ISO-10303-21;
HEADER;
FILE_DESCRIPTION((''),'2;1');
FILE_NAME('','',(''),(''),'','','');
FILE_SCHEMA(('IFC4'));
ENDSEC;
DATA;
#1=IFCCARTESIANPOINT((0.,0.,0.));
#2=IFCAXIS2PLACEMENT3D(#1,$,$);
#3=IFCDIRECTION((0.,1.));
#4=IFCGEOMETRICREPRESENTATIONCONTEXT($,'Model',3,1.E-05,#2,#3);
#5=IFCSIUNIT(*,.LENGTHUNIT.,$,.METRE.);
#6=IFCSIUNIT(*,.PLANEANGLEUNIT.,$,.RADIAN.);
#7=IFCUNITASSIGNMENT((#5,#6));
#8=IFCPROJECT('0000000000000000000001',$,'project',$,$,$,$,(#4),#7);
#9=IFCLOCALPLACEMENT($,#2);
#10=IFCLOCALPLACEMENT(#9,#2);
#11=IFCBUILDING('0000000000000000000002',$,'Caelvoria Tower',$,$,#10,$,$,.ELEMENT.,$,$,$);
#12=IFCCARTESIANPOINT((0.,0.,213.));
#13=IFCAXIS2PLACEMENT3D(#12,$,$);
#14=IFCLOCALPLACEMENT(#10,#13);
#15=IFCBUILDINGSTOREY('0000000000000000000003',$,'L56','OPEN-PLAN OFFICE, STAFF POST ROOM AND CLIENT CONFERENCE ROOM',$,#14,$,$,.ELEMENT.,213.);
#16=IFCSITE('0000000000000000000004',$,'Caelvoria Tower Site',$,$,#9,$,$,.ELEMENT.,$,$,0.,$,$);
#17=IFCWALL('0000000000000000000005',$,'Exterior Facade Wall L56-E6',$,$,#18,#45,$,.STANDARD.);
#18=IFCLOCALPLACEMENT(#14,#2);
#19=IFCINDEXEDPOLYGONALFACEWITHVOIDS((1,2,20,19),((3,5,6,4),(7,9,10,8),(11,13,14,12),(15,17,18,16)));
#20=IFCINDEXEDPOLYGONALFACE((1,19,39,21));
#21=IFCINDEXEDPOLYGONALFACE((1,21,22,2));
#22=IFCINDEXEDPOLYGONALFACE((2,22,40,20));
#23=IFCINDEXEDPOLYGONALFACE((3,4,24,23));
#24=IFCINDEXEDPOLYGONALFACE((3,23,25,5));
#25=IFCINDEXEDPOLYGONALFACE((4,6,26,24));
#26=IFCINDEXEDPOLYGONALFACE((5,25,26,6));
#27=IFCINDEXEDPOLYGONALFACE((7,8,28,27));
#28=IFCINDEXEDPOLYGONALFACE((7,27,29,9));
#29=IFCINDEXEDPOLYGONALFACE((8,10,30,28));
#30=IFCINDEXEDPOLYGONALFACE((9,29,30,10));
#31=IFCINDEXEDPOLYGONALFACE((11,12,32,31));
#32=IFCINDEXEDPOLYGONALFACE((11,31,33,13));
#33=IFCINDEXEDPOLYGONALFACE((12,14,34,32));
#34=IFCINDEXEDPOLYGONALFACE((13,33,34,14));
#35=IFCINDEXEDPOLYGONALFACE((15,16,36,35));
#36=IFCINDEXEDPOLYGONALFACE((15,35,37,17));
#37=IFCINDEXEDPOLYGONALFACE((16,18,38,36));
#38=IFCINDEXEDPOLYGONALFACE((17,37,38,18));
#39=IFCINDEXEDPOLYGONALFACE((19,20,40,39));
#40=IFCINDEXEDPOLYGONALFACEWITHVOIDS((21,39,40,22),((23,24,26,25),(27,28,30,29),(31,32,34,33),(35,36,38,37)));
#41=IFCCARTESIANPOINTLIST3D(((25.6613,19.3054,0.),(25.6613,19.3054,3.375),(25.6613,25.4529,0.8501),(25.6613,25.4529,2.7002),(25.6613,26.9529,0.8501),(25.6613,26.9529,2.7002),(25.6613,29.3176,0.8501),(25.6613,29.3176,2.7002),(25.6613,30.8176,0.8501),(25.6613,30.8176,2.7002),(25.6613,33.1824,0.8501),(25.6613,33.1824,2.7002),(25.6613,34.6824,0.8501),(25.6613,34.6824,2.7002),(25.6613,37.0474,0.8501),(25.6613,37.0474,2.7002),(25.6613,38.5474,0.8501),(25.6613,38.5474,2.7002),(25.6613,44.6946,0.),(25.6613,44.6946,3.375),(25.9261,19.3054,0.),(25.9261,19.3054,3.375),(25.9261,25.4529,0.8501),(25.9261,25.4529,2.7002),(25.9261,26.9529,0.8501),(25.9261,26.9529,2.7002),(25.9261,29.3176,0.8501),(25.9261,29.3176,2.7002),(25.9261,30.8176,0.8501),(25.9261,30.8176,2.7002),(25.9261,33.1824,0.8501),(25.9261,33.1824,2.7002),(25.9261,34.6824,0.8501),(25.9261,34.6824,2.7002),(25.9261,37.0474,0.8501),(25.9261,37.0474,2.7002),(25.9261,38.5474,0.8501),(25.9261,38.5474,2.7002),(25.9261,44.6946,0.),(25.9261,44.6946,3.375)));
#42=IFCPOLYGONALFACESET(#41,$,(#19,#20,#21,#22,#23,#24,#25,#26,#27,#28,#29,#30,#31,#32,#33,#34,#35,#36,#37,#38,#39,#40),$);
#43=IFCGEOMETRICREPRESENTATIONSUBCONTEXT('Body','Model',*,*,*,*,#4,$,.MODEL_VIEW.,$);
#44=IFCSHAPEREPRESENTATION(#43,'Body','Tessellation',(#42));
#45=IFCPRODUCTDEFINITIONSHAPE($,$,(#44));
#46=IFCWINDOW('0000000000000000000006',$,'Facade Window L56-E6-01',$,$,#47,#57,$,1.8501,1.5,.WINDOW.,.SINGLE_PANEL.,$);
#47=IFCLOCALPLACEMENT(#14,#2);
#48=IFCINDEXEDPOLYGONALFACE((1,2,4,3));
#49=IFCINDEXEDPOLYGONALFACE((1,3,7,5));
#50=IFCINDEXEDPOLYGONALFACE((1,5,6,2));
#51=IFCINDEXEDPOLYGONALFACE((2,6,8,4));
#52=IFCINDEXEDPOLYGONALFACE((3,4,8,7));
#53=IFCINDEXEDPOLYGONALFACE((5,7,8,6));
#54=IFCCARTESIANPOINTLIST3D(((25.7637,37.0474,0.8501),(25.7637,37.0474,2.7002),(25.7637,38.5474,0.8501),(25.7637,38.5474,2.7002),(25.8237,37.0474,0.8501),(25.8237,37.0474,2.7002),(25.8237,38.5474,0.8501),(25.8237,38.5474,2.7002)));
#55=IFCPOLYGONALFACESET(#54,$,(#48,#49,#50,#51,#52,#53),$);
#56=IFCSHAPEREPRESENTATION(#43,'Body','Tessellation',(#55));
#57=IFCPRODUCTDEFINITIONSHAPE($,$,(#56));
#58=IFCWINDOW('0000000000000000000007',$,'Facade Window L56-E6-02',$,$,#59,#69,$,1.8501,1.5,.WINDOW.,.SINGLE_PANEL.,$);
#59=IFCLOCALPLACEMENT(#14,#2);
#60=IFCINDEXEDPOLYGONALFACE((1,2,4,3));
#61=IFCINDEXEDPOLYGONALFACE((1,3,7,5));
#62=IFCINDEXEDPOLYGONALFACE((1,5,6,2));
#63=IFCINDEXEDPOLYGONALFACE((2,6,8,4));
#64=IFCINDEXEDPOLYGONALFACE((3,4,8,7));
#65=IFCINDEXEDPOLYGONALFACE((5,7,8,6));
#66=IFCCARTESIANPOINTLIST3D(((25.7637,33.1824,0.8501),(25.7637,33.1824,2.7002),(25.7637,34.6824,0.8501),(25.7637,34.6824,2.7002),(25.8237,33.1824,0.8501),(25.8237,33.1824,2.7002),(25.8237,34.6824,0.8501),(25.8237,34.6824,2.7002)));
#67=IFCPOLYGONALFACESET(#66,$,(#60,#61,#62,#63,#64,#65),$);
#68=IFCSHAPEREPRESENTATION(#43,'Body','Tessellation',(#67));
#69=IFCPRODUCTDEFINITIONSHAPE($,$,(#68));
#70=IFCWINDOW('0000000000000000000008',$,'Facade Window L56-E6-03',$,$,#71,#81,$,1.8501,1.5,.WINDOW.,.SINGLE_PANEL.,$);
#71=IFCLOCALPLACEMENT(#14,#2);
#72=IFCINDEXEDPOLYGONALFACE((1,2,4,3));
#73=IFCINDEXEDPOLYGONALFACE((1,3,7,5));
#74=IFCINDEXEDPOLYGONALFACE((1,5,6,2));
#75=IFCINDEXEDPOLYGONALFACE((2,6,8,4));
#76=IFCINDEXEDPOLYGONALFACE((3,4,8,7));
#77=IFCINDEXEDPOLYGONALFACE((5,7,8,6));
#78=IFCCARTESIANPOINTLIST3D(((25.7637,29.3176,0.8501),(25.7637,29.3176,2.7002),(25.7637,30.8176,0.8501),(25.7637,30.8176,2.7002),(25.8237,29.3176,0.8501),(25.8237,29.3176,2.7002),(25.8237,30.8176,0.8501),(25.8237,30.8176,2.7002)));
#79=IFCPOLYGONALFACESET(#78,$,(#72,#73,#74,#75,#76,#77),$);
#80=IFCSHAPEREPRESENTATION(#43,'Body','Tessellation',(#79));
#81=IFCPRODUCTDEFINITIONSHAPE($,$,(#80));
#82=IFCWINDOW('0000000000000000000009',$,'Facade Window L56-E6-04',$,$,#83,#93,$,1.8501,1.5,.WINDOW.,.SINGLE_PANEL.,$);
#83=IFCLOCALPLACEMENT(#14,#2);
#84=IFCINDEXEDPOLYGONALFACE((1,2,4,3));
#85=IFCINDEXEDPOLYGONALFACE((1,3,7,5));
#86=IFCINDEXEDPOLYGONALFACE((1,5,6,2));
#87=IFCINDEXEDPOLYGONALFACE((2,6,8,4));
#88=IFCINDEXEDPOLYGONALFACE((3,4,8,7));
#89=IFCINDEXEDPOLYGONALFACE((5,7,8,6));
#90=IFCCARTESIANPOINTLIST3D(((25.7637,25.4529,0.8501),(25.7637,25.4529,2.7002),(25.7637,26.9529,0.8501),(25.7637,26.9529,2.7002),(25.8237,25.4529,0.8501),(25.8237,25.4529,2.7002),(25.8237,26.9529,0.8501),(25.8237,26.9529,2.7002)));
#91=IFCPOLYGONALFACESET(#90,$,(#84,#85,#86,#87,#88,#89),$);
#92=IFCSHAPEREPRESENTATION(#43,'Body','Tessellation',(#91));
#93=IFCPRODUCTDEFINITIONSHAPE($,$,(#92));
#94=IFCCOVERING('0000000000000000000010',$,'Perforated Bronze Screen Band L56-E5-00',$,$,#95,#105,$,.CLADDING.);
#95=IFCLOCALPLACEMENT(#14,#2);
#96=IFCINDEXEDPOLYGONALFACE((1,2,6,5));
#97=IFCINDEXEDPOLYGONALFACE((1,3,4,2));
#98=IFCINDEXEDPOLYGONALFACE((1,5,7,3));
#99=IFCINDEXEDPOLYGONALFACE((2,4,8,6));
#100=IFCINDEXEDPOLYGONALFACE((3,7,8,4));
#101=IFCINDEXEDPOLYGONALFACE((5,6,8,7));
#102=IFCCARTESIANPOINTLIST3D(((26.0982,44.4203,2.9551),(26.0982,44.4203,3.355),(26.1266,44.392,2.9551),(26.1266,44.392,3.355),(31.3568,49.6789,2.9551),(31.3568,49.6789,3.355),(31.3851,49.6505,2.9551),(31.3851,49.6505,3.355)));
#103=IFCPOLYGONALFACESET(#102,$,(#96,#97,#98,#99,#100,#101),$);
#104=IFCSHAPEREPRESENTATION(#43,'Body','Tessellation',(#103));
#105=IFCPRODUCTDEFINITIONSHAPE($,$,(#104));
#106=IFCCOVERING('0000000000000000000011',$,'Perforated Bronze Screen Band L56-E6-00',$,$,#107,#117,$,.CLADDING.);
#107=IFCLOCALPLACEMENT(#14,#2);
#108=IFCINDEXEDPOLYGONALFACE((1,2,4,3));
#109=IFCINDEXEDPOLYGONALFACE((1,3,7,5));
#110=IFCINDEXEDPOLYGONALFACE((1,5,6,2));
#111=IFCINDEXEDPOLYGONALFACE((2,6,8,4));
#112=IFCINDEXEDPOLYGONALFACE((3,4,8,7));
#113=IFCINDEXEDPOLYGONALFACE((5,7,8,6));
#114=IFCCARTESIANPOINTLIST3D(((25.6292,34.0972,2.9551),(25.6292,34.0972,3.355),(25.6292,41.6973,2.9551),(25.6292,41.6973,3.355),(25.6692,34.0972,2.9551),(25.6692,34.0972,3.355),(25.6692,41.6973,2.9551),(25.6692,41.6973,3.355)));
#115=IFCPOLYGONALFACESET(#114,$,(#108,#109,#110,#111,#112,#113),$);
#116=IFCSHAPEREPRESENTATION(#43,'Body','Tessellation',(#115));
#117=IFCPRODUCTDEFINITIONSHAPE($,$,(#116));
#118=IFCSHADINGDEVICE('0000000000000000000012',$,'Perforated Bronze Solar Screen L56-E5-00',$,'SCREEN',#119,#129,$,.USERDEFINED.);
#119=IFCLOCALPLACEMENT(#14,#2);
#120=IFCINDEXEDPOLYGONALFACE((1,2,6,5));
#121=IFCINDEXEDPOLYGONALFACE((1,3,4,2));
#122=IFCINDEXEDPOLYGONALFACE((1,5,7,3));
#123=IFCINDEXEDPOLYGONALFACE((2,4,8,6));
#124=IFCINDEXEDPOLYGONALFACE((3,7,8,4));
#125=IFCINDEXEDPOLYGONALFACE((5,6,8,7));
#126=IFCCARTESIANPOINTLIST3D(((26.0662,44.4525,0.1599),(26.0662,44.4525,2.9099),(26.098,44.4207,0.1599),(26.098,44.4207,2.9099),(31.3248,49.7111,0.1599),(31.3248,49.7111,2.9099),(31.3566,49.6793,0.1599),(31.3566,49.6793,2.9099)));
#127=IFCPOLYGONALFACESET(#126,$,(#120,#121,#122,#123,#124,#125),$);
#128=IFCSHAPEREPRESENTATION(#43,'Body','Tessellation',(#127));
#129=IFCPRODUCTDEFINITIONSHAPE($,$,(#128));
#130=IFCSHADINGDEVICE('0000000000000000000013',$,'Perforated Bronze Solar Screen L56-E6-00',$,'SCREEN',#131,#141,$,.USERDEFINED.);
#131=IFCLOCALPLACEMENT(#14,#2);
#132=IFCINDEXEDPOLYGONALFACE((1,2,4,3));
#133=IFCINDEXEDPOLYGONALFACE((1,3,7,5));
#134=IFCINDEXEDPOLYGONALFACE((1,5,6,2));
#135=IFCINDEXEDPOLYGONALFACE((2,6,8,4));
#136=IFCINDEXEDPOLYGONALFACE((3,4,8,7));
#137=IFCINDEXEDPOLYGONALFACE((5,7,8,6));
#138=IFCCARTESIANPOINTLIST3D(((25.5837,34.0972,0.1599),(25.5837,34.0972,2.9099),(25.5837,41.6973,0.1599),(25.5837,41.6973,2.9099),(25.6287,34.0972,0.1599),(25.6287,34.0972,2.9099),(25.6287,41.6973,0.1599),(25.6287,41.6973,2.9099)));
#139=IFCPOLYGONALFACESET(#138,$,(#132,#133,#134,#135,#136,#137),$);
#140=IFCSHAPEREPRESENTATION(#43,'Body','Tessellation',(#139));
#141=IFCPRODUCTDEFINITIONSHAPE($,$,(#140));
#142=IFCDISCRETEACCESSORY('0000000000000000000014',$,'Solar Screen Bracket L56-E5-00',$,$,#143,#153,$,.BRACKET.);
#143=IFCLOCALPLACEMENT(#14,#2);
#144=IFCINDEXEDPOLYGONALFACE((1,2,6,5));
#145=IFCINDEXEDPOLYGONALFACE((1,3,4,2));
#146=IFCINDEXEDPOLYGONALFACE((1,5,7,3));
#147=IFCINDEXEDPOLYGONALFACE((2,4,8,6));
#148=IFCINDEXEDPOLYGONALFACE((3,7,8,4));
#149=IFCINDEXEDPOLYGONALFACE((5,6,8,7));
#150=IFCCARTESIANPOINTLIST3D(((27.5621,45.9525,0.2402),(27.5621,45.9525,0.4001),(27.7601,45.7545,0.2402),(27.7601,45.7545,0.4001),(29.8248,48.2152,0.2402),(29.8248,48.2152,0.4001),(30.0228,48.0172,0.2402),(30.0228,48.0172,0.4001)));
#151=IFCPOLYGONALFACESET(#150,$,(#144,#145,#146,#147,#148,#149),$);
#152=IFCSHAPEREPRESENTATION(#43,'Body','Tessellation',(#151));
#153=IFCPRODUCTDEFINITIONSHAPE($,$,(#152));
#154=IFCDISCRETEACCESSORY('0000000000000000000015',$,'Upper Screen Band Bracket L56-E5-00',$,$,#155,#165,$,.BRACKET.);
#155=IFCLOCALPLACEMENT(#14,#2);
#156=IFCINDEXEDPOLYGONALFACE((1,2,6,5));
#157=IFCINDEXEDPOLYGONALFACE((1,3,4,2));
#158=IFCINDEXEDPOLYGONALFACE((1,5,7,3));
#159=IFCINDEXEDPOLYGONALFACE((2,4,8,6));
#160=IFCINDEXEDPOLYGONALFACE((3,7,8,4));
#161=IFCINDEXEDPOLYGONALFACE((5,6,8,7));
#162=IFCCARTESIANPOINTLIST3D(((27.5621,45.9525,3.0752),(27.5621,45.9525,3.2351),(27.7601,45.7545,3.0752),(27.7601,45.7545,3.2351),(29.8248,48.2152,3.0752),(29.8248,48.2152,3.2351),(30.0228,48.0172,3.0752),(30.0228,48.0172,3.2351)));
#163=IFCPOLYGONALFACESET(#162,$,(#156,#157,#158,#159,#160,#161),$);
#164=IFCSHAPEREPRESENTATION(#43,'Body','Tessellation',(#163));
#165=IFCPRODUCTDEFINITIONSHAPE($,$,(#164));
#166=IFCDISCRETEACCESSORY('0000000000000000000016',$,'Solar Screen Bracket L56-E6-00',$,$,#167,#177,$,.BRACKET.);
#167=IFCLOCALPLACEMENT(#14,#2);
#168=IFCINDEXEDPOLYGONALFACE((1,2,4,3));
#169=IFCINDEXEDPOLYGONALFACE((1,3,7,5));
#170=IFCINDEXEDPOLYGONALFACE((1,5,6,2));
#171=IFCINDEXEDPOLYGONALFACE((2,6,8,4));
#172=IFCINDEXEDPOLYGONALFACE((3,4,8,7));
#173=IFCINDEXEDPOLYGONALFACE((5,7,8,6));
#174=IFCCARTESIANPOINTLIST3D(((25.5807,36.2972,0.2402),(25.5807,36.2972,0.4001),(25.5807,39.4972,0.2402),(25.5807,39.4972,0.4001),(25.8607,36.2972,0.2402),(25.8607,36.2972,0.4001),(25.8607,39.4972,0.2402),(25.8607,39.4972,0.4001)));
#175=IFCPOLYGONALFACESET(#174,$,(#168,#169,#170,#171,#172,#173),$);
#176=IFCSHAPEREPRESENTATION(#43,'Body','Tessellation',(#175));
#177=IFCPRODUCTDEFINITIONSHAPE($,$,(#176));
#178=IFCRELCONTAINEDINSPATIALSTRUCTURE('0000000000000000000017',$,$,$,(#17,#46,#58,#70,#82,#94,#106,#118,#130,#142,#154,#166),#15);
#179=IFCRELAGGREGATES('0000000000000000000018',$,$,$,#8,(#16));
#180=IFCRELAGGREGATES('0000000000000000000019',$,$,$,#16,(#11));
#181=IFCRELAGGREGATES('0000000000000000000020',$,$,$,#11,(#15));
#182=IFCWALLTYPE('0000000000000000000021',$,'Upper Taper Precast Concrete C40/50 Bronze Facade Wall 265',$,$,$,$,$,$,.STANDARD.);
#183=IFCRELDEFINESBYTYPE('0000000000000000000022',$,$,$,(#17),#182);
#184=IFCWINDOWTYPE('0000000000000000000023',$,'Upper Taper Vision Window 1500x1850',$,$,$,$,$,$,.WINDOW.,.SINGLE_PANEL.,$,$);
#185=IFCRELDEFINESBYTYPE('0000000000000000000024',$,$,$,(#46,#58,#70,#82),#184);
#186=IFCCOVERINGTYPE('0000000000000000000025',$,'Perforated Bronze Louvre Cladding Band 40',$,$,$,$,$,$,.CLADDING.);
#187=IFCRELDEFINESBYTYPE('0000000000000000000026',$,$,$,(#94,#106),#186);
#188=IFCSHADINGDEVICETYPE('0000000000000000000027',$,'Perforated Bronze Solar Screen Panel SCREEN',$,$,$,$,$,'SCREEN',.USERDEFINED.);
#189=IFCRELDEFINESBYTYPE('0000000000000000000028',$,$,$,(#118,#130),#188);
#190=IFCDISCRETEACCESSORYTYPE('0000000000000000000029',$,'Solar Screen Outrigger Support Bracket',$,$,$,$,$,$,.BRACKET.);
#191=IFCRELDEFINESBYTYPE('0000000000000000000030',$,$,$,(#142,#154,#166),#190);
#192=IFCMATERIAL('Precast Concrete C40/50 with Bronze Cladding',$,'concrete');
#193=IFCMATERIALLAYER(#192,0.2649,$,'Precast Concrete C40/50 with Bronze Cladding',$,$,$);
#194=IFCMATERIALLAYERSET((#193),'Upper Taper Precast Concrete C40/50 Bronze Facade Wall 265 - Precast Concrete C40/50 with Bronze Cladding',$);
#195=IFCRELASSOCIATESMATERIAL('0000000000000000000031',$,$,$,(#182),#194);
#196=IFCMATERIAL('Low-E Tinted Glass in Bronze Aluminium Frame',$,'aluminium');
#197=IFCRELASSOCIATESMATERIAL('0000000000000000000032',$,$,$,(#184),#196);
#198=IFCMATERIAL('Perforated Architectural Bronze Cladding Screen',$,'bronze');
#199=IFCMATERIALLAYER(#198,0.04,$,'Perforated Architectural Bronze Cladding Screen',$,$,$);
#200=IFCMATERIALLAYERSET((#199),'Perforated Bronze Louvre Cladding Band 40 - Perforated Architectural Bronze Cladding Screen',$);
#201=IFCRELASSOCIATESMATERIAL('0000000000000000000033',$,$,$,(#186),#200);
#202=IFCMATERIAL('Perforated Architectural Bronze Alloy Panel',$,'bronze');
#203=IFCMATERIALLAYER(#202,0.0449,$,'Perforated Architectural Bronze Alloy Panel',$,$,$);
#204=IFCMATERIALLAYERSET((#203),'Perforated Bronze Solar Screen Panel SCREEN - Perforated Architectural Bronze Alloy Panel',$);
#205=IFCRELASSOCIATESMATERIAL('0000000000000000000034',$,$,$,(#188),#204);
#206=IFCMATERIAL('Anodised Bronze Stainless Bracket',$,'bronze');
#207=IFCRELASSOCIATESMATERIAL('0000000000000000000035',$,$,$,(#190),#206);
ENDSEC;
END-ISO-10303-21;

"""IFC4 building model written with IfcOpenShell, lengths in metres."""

from ifc_helpers import new_model, si_unit, direction, frame, frame_2d, origin, origin_2d, place, context, subcontext, project, spatial, rectangle, extrude, material, layer, layer_set, type_object, element, fill, save


model = new_model("IFC4")

# Units and contexts
model_context = context("Model", 3, precision=1e-05, world=origin(), true_north=direction((0.0, 1.0)))
body_context = subcontext(model_context, "Body", "Model", "MODEL_VIEW")
ifc_project = project(units=[si_unit("LENGTHUNIT", "METRE"), si_unit("PLANEANGLEUNIT", "RADIAN")], contexts=[model_context])

# Site, building, storey
site_placement = place(None, origin())
site = spatial("IfcSite", under=ifc_project, at=site_placement, Name="Caelvoria Tower Site", CompositionType="ELEMENT", RefElevation=0.0)
building_placement = place(site_placement, origin())
building = spatial("IfcBuilding", under=site, at=building_placement, Name="Caelvoria Tower", CompositionType="ELEMENT")
storey_placement = place(building_placement, frame((0.0, 0.0, 213.0)))
storey = spatial("IfcBuildingStorey", under=building, at=storey_placement, Name="L56", Description="OPEN-PLAN OFFICE, STAFF POST ROOM AND CLIENT CONFERENCE ROOM", CompositionType="ELEMENT", Elevation=213.0)

# Shared definitions
ifc_material_1 = material(Name="Precast Concrete C40/50 with Bronze Cladding", Category="concrete")
ifc_layer_1 = layer(ifc_material_1, 0.2649, Name="Precast Concrete C40/50 with Bronze Cladding")
ifc_layer_set_1 = layer_set([ifc_layer_1], Name="Upper Taper Precast Concrete C40/50 Bronze Facade Wall 265 - Precast Concrete C40/50 with Bronze Cladding")
wall_type_1 = type_object("IfcWallType", Name="Upper Taper Precast Concrete C40/50 Bronze Facade Wall 265", PredefinedType="STANDARD", material=ifc_layer_set_1)

# Wall, openings, windows
wall_1_placement = place(storey_placement, frame((25.7937, 44.6946, 0.0), z_axis=(0.0, 0.0, 1.0), x_axis=(0.0, -1.0, 0.0)))
wall_1 = element("IfcWall", 1, at=wall_1_placement, inside=storey, type_object=wall_type_1, Name="Exterior Facade Wall L56-E6", PredefinedType="STANDARD", context=body_context, shape_type="SweptSolid", body=[
    extrude(rectangle(XDim=25.3892, YDim=0.2649, at=frame_2d((12.6946, 0.0))), origin(), (0.0, 0.0, 1.0), 3.375),
])
opening_1_placement = place(wall_1_placement, frame((6.1472, 0.0, 0.8501)))
opening_1 = element("IfcOpeningElement", 2, at=opening_1_placement, cuts=wall_1, PredefinedType="OPENING", context=body_context, shape_type="SweptSolid", body=[
    extrude(rectangle(XDim=1.5, YDim=1.8501, at=frame_2d((0.75, 0.925))), frame((0.0, 0.1423, 0.0), z_axis=(0.0, -1.0, 0.0), x_axis=(1.0, 0.0, 0.0)), (0.0, 0.0, 1.0), 0.2849),
])
opening_2_placement = place(wall_1_placement, frame((10.0122, 0.0, 0.8501)))
opening_2 = element("IfcOpeningElement", 3, at=opening_2_placement, cuts=wall_1, PredefinedType="OPENING", context=body_context, shape_type="SweptSolid", body=[
    extrude(rectangle(XDim=1.5, YDim=1.8501, at=frame_2d((0.75, 0.925))), frame((0.0, 0.1423, 0.0), z_axis=(0.0, -1.0, 0.0), x_axis=(1.0, 0.0, 0.0)), (0.0, 0.0, 1.0), 0.2849),
])
opening_3_placement = place(wall_1_placement, frame((13.877, 0.0, 0.8501)))
opening_3 = element("IfcOpeningElement", 4, at=opening_3_placement, cuts=wall_1, PredefinedType="OPENING", context=body_context, shape_type="SweptSolid", body=[
    extrude(rectangle(XDim=1.5, YDim=1.8501, at=frame_2d((0.75, 0.925))), frame((0.0, 0.1423, 0.0), z_axis=(0.0, -1.0, 0.0), x_axis=(1.0, 0.0, 0.0)), (0.0, 0.0, 1.0), 0.2849),
])
opening_4_placement = place(wall_1_placement, frame((17.7417, 0.0, 0.8501)))
opening_4 = element("IfcOpeningElement", 5, at=opening_4_placement, cuts=wall_1, PredefinedType="OPENING", context=body_context, shape_type="SweptSolid", body=[
    extrude(rectangle(XDim=1.5, YDim=1.8501, at=frame_2d((0.75, 0.925))), frame((0.0, 0.1423, 0.0), z_axis=(0.0, -1.0, 0.0), x_axis=(1.0, 0.0, 0.0)), (0.0, 0.0, 1.0), 0.2849),
])
ifc_material_2 = material(Name="Low-E Tinted Glass in Bronze Aluminium Frame", Category="aluminium")
window_type = type_object("IfcWindowType", Name="Upper Taper Vision Window 1500x1850", PartitioningType="SINGLE_PANEL", PredefinedType="WINDOW", material=ifc_material_2)
window_1_placement = place(opening_1_placement, origin())
window_1 = element("IfcWindow", 6, at=window_1_placement, inside=storey, type_object=window_type, Name="Facade Window L56-E6-01", OverallHeight=1.8501, OverallWidth=1.5, PartitioningType="SINGLE_PANEL", PredefinedType="WINDOW", context=body_context, shape_type="SweptSolid", body=[
    extrude(rectangle(XDim=1.5, YDim=1.8501, at=frame_2d((0.75, 0.925))), frame((0.0, 0.03, 0.0), z_axis=(0.0, -1.0, 0.0), x_axis=(1.0, 0.0, 0.0)), (0.0, 0.0, 1.0), 0.0601),
])
fill(opening_1, window_1)
window_2_placement = place(opening_2_placement, origin())
window_2 = element("IfcWindow", 7, at=window_2_placement, inside=storey, type_object=window_type, Name="Facade Window L56-E6-02", OverallHeight=1.8501, OverallWidth=1.5, PartitioningType="SINGLE_PANEL", PredefinedType="WINDOW", context=body_context, shape_type="SweptSolid", body=[
    extrude(rectangle(XDim=1.5, YDim=1.8501, at=frame_2d((0.75, 0.925))), frame((0.0, 0.03, 0.0), z_axis=(0.0, -1.0, 0.0), x_axis=(1.0, 0.0, 0.0)), (0.0, 0.0, 1.0), 0.0601),
])
fill(opening_2, window_2)
window_3_placement = place(opening_3_placement, origin())
window_3 = element("IfcWindow", 8, at=window_3_placement, inside=storey, type_object=window_type, Name="Facade Window L56-E6-03", OverallHeight=1.8501, OverallWidth=1.5, PartitioningType="SINGLE_PANEL", PredefinedType="WINDOW", context=body_context, shape_type="SweptSolid", body=[
    extrude(rectangle(XDim=1.5, YDim=1.8501, at=frame_2d((0.75, 0.925))), frame((0.0, 0.03, 0.0), z_axis=(0.0, -1.0, 0.0), x_axis=(1.0, 0.0, 0.0)), (0.0, 0.0, 1.0), 0.0601),
])
fill(opening_3, window_3)
window_4_placement = place(opening_4_placement, origin())
window_4 = element("IfcWindow", 9, at=window_4_placement, inside=storey, type_object=window_type, Name="Facade Window L56-E6-04", OverallHeight=1.8501, OverallWidth=1.5, PartitioningType="SINGLE_PANEL", PredefinedType="WINDOW", context=body_context, shape_type="SweptSolid", body=[
    extrude(rectangle(XDim=1.5, YDim=1.8501, at=frame_2d((0.75, 0.925))), frame((0.0, 0.03, 0.0), z_axis=(0.0, -1.0, 0.0), x_axis=(1.0, 0.0, 0.0)), (0.0, 0.0, 1.0), 0.0601),
])
fill(opening_4, window_4)

# Coverings
ifc_material_3 = material(Name="Perforated Architectural Bronze Cladding Screen", Category="bronze")
ifc_layer_2 = layer(ifc_material_3, 0.04, Name="Perforated Architectural Bronze Cladding Screen")
ifc_layer_set_2 = layer_set([ifc_layer_2], Name="Perforated Bronze Louvre Cladding Band 40 - Perforated Architectural Bronze Cladding Screen")
covering_type = type_object("IfcCoveringType", Name="Perforated Bronze Louvre Cladding Band 40", PredefinedType="CLADDING", material=ifc_layer_set_2)
covering_1_placement = place(storey_placement, frame((28.7417, 47.0354, 2.9551), z_axis=(0.0, 0.0, 1.0), x_axis=(-0.707107, -0.707107, 0.0)))
element("IfcCovering", 10, at=covering_1_placement, inside=storey, type_object=covering_type, Name="Perforated Bronze Screen Band L56-E5-00", PredefinedType="CLADDING", context=body_context, shape_type="SweptSolid", body=[
    extrude(rectangle(XDim=7.4368, YDim=0.04, at=origin_2d()), origin(), (0.0, 0.0, 1.0), 0.3999),
])
covering_2_placement = place(storey_placement, frame((25.6492, 37.8972, 2.9551), z_axis=(0.0, 0.0, 1.0), x_axis=(0.0, -1.0, 0.0)))
element("IfcCovering", 11, at=covering_2_placement, inside=storey, type_object=covering_type, Name="Perforated Bronze Screen Band L56-E6-00", PredefinedType="CLADDING", context=body_context, shape_type="SweptSolid", body=[
    extrude(rectangle(XDim=7.6001, YDim=0.04, at=origin_2d()), origin(), (0.0, 0.0, 1.0), 0.3999),
])

# Shading devices
ifc_material_4 = material(Name="Perforated Architectural Bronze Alloy Panel", Category="bronze")
ifc_layer_3 = layer(ifc_material_4, 0.0449, Name="Perforated Architectural Bronze Alloy Panel")
ifc_layer_set_3 = layer_set([ifc_layer_3], Name="Perforated Bronze Solar Screen Panel SCREEN - Perforated Architectural Bronze Alloy Panel")
shading_device_type = type_object("IfcShadingDeviceType", Name="Perforated Bronze Solar Screen Panel SCREEN", ElementType="SCREEN", PredefinedType="USERDEFINED", material=ifc_layer_set_3)
shading_device_1_placement = place(storey_placement, frame((28.7114, 47.0659, 0.1599), z_axis=(0.0, 0.0, 1.0), x_axis=(-0.707107, -0.707107, 0.0)))
element("IfcShadingDevice", 12, at=shading_device_1_placement, inside=storey, type_object=shading_device_type, Name="Perforated Bronze Solar Screen L56-E5-00", ObjectType="SCREEN", PredefinedType="USERDEFINED", context=body_context, shape_type="SweptSolid", body=[
    extrude(rectangle(XDim=7.4368, YDim=0.0449, at=origin_2d()), origin(), (0.0, 0.0, 1.0), 2.75),
])
shading_device_2_placement = place(storey_placement, frame((25.6062, 37.8972, 0.1599), z_axis=(0.0, 0.0, 1.0), x_axis=(0.0, -1.0, 0.0)))
element("IfcShadingDevice", 13, at=shading_device_2_placement, inside=storey, type_object=shading_device_type, Name="Perforated Bronze Solar Screen L56-E6-00", ObjectType="SCREEN", PredefinedType="USERDEFINED", context=body_context, shape_type="SweptSolid", body=[
    extrude(rectangle(XDim=7.6001, YDim=0.0449, at=origin_2d()), origin(), (0.0, 0.0, 1.0), 2.75),
])

# Discrete accessories
ifc_material_5 = material(Name="Anodised Bronze Stainless Bracket", Category="bronze")
discrete_accessory_type = type_object("IfcDiscreteAccessoryType", Name="Solar Screen Outrigger Support Bracket", PredefinedType="BRACKET", material=ifc_material_5)
for number, where, z_axis, x_axis, name in (
    (14, (28.7925, 46.9849, 0.2402), (0.0, 0.0, 1.0), (-0.707107, -0.707107, 0.0), "Solar Screen Bracket L56-E5-00"),
    (15, (28.7925, 46.9849, 3.0752), (0.0, 0.0, 1.0), (-0.707107, -0.707107, 0.0), "Upper Screen Band Bracket L56-E5-00"),
    (16, (25.7207, 37.8972, 0.2402), (0.0, 0.0, 1.0), (0.0, -1.0, 0.0), "Solar Screen Bracket L56-E6-00"),
):
    element("IfcDiscreteAccessory", number, at=place(storey_placement, frame(where, z_axis=z_axis, x_axis=x_axis)), inside=storey, type_object=discrete_accessory_type, Name=name, PredefinedType="BRACKET", context=body_context, shape_type="SweptSolid", body=[
        extrude(rectangle(XDim=3.2, YDim=0.28, at=origin_2d()), origin(), (0.0, 0.0, 1.0), 0.1599),
    ])

save(model, "model.ifc")
